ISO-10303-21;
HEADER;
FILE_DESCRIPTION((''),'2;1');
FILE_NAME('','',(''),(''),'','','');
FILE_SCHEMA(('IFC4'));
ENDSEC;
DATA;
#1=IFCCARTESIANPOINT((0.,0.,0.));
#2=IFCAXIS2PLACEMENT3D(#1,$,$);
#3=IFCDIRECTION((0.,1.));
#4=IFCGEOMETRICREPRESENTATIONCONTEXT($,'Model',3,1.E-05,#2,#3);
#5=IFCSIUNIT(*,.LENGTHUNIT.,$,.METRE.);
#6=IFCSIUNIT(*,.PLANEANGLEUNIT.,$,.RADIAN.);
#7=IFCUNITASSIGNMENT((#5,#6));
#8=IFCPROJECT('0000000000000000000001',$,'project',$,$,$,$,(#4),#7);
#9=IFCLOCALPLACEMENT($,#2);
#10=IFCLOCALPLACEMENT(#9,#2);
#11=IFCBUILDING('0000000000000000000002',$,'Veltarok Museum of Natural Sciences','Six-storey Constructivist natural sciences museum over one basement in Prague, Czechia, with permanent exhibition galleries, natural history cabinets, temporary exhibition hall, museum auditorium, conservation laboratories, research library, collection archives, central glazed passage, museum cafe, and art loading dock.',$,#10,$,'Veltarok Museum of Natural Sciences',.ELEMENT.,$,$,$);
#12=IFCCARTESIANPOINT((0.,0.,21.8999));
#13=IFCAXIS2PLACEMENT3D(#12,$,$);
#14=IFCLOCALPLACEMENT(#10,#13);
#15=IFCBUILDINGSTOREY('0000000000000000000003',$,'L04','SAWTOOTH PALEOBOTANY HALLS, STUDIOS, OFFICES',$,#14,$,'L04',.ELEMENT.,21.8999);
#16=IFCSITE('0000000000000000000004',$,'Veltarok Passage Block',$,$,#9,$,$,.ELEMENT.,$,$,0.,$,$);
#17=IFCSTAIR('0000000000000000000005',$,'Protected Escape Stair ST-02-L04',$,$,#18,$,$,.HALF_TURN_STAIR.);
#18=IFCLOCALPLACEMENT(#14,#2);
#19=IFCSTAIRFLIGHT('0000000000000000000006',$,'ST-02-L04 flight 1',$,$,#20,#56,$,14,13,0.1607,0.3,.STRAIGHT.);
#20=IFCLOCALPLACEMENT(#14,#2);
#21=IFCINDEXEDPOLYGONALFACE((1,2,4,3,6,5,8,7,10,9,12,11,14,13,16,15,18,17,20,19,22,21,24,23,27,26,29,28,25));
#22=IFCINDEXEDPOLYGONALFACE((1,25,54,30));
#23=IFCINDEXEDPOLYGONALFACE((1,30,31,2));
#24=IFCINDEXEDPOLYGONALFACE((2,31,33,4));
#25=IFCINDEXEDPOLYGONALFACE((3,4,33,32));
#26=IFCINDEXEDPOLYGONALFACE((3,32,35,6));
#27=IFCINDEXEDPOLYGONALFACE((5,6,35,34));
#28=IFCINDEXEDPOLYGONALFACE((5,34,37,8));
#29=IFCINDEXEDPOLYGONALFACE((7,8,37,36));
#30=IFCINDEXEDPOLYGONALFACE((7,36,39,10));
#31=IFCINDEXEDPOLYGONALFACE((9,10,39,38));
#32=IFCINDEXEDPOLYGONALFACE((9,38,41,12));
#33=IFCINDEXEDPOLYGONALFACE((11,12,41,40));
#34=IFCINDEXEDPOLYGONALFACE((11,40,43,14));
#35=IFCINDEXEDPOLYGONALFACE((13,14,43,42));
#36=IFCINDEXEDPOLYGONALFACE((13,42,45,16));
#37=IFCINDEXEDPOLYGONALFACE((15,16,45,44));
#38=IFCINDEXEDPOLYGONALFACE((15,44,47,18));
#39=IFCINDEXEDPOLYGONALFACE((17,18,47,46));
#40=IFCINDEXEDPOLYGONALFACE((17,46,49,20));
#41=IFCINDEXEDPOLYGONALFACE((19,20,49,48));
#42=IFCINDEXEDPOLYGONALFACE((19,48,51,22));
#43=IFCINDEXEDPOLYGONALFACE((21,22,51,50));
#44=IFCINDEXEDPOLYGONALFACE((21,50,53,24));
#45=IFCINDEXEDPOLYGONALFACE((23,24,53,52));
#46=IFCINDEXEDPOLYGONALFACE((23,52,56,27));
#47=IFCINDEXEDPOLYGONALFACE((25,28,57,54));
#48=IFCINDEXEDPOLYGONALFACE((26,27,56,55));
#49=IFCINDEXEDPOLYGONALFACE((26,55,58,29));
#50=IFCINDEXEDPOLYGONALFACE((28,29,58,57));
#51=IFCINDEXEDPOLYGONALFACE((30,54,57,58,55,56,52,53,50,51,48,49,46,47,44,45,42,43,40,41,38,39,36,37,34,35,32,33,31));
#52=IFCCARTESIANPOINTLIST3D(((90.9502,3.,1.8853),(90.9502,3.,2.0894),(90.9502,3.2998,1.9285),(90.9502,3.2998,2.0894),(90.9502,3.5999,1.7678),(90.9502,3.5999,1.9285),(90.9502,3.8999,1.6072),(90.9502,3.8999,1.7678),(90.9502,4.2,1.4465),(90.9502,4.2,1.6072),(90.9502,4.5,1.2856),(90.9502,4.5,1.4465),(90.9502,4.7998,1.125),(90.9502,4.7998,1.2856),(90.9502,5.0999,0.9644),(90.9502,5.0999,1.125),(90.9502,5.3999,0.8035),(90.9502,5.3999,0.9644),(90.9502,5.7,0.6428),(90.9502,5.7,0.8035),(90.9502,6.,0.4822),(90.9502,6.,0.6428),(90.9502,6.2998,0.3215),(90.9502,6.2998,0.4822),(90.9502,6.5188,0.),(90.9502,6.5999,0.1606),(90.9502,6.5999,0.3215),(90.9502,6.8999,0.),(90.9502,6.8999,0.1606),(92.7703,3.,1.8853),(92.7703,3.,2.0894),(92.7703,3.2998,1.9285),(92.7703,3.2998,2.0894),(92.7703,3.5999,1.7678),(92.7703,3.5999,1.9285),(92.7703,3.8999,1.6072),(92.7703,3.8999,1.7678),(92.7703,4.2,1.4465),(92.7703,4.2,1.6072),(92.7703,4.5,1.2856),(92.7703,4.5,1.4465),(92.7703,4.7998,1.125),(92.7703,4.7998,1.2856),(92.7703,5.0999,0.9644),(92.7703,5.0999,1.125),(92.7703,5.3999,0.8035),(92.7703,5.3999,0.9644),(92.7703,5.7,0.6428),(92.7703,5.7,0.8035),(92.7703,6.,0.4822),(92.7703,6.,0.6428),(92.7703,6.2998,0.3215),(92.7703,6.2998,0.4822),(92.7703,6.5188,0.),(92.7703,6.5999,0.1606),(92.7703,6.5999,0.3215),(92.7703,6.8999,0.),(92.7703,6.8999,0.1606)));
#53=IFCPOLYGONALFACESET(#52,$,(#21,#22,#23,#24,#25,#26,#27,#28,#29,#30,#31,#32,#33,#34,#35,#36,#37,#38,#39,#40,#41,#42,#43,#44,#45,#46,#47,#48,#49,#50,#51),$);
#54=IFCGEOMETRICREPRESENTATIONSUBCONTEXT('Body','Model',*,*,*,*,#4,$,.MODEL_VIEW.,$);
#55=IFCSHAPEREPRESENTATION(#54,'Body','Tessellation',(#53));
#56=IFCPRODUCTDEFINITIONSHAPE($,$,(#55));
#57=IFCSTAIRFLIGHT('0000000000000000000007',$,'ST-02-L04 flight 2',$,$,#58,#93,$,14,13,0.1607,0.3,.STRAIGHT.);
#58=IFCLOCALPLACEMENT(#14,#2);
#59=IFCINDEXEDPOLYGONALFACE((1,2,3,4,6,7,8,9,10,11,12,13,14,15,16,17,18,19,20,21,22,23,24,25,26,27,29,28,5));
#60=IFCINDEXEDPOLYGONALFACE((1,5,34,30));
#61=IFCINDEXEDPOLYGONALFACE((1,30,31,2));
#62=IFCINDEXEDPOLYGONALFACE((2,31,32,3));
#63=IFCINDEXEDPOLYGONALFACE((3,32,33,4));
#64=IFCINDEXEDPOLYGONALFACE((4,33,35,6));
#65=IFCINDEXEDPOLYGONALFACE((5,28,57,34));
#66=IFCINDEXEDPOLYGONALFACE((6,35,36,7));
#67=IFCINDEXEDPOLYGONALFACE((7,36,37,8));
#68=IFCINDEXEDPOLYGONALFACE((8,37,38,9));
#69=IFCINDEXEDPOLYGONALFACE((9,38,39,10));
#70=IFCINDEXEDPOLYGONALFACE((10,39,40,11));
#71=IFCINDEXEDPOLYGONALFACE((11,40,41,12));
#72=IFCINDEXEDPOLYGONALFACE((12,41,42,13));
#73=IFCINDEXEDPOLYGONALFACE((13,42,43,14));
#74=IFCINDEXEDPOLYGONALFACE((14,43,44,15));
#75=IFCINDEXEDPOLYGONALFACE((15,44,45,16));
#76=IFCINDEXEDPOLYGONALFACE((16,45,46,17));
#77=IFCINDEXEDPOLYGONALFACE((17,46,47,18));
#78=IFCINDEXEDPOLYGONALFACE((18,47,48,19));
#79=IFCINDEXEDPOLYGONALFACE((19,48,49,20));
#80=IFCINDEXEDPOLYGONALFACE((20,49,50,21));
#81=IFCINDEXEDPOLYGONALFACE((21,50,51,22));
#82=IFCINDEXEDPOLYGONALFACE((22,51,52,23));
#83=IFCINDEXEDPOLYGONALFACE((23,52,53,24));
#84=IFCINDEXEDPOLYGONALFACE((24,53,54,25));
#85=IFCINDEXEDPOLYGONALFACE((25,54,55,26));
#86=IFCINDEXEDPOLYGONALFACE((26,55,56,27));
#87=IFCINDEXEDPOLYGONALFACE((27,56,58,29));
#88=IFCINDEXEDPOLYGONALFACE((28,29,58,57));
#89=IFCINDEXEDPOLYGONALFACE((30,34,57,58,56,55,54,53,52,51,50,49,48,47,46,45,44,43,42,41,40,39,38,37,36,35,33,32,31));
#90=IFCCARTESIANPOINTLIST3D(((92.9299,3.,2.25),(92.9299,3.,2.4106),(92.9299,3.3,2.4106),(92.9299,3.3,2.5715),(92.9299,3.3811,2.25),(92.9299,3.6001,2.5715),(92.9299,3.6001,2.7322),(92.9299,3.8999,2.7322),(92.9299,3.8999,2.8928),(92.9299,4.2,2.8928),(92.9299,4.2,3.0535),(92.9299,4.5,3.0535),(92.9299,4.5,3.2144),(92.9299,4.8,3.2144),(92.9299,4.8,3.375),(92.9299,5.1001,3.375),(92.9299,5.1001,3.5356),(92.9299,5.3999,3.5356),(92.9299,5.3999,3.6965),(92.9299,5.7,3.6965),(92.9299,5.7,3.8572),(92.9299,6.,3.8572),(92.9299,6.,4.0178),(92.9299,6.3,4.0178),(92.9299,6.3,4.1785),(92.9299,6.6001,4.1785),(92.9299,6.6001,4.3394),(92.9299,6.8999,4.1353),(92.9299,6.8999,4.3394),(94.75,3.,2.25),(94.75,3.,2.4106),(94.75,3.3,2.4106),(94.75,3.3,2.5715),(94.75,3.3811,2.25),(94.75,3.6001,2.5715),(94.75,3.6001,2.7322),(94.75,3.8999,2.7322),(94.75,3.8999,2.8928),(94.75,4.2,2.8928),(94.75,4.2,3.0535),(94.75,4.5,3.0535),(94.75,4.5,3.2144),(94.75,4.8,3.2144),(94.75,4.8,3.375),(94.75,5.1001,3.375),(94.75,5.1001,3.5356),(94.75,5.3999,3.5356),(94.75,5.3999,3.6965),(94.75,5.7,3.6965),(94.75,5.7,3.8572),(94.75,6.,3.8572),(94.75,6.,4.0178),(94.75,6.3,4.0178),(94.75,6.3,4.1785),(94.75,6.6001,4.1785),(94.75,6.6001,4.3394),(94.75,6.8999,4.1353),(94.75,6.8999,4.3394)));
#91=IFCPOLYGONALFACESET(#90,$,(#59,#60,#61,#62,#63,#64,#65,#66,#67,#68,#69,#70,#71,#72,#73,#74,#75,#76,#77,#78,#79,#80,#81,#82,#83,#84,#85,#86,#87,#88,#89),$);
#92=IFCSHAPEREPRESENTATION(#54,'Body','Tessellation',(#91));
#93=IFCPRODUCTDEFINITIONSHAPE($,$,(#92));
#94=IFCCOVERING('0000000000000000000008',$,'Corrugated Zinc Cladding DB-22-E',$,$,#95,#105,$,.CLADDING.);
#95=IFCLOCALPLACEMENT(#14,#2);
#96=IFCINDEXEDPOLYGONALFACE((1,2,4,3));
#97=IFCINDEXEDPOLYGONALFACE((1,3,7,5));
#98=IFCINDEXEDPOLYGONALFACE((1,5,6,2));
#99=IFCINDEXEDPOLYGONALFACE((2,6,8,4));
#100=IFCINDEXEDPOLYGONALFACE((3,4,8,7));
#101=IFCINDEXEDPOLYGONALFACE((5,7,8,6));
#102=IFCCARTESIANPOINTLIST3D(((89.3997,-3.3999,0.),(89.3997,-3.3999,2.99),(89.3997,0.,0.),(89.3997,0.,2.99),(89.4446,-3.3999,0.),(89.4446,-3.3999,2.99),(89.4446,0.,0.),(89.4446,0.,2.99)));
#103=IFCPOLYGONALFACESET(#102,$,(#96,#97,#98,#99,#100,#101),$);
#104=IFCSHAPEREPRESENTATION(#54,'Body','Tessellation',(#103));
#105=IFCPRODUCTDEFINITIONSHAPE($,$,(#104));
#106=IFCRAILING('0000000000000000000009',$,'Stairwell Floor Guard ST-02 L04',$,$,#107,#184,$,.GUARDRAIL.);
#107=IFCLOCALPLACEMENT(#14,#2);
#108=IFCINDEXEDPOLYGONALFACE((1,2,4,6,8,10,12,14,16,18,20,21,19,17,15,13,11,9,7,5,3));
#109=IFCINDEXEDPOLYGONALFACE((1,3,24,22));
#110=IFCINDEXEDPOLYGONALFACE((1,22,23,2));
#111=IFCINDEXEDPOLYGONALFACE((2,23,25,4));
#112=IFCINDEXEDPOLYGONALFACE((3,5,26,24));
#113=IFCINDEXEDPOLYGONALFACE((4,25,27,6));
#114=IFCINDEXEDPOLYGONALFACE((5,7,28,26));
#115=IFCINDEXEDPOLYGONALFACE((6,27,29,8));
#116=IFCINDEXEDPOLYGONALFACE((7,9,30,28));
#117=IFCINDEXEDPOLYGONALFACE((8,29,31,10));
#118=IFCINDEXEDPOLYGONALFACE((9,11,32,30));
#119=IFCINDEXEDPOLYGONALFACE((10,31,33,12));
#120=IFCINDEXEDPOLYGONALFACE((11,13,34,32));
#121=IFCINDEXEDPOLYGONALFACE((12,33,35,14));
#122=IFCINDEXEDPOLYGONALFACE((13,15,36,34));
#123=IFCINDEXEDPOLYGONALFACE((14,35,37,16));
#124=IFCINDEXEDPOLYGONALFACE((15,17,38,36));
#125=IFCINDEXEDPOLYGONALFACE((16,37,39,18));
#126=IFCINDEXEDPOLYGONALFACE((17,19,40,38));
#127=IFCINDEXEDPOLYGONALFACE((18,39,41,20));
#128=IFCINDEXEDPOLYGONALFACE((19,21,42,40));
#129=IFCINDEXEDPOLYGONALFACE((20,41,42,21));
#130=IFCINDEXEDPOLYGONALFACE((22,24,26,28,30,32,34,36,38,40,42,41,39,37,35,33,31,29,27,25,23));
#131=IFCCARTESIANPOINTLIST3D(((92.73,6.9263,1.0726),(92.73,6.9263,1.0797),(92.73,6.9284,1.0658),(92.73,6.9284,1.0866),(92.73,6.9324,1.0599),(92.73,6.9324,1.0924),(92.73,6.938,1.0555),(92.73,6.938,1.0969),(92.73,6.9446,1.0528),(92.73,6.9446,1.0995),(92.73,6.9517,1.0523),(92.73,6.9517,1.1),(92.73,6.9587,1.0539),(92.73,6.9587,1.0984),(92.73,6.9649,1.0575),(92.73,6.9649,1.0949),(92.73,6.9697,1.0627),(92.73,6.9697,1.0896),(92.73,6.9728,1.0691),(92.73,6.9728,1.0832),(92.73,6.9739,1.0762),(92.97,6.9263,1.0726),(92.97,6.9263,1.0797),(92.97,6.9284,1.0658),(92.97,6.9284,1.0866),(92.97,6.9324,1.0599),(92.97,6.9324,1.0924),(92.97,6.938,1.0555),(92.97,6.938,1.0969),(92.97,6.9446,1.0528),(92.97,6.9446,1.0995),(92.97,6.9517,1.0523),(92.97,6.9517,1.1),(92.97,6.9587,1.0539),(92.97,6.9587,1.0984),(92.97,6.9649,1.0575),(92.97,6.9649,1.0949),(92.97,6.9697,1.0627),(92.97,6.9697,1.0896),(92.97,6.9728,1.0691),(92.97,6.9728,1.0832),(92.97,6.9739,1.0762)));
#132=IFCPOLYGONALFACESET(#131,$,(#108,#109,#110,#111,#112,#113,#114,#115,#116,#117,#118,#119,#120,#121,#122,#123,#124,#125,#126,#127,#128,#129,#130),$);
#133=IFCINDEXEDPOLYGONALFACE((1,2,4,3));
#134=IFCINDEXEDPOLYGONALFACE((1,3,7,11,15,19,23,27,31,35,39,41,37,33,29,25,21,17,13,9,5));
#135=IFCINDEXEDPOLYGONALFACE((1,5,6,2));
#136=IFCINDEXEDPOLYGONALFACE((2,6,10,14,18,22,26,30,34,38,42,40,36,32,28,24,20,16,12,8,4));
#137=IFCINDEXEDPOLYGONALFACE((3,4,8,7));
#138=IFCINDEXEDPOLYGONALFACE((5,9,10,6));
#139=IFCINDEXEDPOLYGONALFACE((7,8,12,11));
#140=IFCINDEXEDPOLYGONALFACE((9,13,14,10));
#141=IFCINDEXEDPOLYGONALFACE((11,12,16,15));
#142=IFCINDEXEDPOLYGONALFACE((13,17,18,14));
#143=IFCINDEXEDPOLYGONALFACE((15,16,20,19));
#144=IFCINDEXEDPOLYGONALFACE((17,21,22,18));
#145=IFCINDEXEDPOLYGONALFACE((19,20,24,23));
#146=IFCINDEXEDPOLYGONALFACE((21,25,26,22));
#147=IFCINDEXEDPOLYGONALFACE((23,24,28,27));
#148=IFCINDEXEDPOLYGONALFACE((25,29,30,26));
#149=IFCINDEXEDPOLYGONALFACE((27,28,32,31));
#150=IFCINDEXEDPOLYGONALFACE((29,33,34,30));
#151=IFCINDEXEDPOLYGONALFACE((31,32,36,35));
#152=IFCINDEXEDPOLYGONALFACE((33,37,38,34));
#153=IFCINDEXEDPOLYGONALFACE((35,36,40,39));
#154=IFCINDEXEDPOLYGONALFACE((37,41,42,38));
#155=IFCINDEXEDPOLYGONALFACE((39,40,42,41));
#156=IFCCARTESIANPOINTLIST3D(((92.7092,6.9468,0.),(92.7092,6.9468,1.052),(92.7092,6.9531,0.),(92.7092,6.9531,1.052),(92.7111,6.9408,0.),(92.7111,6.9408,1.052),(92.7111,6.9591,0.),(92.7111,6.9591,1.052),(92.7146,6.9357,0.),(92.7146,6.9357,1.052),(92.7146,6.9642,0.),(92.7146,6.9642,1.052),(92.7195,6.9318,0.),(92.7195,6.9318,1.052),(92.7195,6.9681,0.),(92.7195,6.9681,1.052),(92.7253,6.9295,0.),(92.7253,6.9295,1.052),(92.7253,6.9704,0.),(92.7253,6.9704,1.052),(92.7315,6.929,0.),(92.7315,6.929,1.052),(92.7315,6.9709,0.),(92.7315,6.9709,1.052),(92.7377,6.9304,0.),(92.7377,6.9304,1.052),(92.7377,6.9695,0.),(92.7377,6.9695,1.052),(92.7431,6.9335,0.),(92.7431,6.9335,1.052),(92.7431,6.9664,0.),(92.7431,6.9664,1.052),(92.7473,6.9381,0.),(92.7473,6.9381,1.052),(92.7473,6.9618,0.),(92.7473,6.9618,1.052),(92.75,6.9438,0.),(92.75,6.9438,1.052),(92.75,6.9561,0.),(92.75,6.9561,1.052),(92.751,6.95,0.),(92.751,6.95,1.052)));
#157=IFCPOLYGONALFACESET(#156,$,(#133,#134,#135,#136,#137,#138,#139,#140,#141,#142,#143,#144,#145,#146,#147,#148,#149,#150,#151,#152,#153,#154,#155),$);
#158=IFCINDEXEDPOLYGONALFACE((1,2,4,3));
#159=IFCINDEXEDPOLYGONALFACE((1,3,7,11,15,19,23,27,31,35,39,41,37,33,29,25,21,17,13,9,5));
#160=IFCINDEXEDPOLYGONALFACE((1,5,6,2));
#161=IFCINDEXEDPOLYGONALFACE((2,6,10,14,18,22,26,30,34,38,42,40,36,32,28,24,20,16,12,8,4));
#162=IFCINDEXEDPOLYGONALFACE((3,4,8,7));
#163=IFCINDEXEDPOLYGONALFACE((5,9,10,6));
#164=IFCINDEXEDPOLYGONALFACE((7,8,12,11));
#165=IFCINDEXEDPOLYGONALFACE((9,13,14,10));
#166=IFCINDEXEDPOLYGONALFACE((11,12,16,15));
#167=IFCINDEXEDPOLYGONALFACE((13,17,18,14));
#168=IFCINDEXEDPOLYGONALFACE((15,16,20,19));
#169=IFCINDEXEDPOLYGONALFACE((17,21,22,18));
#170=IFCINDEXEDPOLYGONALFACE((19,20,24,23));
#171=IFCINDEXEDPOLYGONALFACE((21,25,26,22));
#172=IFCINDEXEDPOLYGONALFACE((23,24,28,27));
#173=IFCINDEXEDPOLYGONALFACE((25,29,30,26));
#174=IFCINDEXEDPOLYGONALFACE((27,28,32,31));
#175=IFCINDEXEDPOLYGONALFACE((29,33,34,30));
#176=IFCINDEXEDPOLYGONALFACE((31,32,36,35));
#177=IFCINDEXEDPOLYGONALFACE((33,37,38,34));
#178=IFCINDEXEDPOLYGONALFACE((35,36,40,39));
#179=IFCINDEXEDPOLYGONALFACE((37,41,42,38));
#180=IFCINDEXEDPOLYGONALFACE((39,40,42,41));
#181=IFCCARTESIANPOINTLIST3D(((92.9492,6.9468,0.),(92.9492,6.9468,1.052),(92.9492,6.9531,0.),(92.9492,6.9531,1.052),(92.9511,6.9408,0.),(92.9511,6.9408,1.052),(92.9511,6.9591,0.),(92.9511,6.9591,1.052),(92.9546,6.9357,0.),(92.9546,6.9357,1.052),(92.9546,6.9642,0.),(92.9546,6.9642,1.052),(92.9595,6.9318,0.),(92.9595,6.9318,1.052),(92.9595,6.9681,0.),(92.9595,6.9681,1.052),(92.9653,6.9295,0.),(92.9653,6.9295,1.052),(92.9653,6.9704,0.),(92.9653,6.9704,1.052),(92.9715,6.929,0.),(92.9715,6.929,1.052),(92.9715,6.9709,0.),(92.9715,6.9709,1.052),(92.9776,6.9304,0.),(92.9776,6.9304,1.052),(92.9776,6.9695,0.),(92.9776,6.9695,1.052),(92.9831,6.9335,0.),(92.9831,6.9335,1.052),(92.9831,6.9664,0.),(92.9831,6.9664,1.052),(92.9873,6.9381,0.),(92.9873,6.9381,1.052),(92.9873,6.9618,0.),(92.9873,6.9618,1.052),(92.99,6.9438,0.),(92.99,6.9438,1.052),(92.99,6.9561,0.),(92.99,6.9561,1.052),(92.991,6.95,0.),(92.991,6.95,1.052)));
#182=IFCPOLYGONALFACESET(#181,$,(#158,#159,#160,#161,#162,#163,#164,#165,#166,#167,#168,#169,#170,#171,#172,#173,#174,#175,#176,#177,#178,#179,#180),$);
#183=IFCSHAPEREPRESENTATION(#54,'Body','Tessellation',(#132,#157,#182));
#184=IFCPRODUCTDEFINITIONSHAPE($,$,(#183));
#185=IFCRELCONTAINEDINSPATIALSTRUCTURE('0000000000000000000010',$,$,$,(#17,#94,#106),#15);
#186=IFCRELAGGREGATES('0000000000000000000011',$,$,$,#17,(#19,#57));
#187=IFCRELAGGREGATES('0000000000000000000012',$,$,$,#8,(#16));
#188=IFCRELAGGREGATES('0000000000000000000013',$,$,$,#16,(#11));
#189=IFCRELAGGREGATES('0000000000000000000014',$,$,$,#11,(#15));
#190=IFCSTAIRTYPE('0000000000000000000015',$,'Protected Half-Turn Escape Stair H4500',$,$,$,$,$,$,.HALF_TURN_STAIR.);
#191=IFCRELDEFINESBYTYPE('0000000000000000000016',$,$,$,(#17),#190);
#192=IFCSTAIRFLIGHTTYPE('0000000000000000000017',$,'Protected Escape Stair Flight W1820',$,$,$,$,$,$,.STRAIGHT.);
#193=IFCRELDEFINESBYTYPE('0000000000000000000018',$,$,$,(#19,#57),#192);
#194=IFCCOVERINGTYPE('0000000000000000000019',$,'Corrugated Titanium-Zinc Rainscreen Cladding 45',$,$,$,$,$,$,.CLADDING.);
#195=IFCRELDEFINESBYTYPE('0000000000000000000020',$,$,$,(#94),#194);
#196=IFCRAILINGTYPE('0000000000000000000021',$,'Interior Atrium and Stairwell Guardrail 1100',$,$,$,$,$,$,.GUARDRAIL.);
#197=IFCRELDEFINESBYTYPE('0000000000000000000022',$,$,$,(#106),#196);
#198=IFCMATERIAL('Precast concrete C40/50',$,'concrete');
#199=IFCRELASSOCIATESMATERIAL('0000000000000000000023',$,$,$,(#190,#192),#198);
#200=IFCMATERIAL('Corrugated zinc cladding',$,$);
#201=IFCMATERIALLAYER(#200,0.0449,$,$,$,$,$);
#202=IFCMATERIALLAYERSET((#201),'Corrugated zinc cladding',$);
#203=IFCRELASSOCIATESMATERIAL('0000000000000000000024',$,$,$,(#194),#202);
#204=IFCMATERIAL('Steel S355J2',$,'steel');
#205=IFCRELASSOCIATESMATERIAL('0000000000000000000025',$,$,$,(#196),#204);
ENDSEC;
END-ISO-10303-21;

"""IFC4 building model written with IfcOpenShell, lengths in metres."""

from ifc_helpers import new_model, si_unit, direction, frame, frame_2d, origin, origin_2d, place, context, subcontext, project, spatial, polyline, rectangle, circle, outline, extrude, material, layer, layer_set, type_object, element, aggregate, save


model = new_model("IFC4")

# Units and contexts
model_context = context("Model", 3, precision=1e-05, world=origin(), true_north=direction((0.0, 1.0)))
body_context = subcontext(model_context, "Body", "Model", "MODEL_VIEW")
ifc_project = project(units=[si_unit("LENGTHUNIT", "METRE"), si_unit("PLANEANGLEUNIT", "RADIAN")], contexts=[model_context])

# Site, building, storey
site_placement = place(None, origin())
site = spatial("IfcSite", under=ifc_project, at=site_placement, Name="Veltarok Passage Block", CompositionType="ELEMENT", RefElevation=0.0)
building_placement = place(site_placement, origin())
building = spatial("IfcBuilding", under=site, at=building_placement, Name="Veltarok Museum of Natural Sciences", Description="Six-storey Constructivist natural sciences museum over one basement in Prague, Czechia, with permanent exhibition galleries, natural history cabinets, temporary exhibition hall, museum auditorium, conservation laboratories, research library, collection archives, central glazed passage, museum cafe, and art loading dock.", LongName="Veltarok Museum of Natural Sciences", CompositionType="ELEMENT")
storey_placement = place(building_placement, frame((0.0, 0.0, 21.8999)))
storey = spatial("IfcBuildingStorey", under=building, at=storey_placement, Name="L04", Description="SAWTOOTH PALEOBOTANY HALLS, STUDIOS, OFFICES", LongName="L04", CompositionType="ELEMENT", Elevation=21.8999)

# Shared definitions
ifc_material_1 = material(Name="Steel S355J2", Category="steel")

# Shared definitions
ifc_material_2 = material(Name="Precast concrete C40/50", Category="concrete")

# Stair, stair flights
stair_type = type_object("IfcStairType", Name="Protected Half-Turn Escape Stair H4500", PredefinedType="HALF_TURN_STAIR", material=ifc_material_2)
stair_placement = place(storey_placement, origin())
stair = element("IfcStair", 1, at=stair_placement, inside=storey, type_object=stair_type, Name="Protected Escape Stair ST-02-L04", PredefinedType="HALF_TURN_STAIR")
stair_flight_type = type_object("IfcStairFlightType", Name="Protected Escape Stair Flight W1820", PredefinedType="STRAIGHT", material=ifc_material_2)
stair_flight_1_placement = place(storey_placement, frame((91.8601, 6.8999, 0.0), z_axis=(0.0, 0.0, 1.0), x_axis=(0.0, -1.0, 0.0)))
stair_flight_1 = element("IfcStairFlight", 2, at=stair_flight_1_placement, type_object=stair_flight_type, Name="ST-02-L04 flight 1", NumberOfRisers=14, NumberOfTreads=13, PredefinedType="STRAIGHT", RiserHeight=0.1607, TreadLength=0.3, context=body_context, shape_type="SweptSolid", body=[
    extrude(outline(polyline([(0.0, 0.0), (0.0, 0.1606), (0.3, 0.1606), (0.3, 0.3215), (0.6001, 0.3215), (0.6001, 0.4822), (0.8999, 0.4822), (0.8999, 0.6428), (1.2, 0.6428), (1.2, 0.8035), (1.5, 0.8035), (1.5, 0.9644), (1.8, 0.9644), (1.8, 1.125), (2.1001, 1.125), (2.1001, 1.2856), (2.3999, 1.2856), (2.3999, 1.4465), (2.7, 1.4465), (2.7, 1.6072), (3.0, 1.6072), (3.0, 1.7678), (3.3, 1.7678), (3.3, 1.9285), (3.6001, 1.9285), (3.6001, 2.0894), (3.8999, 2.0894), (3.8999, 2.25), (3.8999, 1.8853), (0.3811, 0.0), (0.0, 0.0)])), frame((0.0, 0.9102, 0.0), z_axis=(0.0, -1.0, 0.0), x_axis=(1.0, 0.0, 0.0)), (0.0, 0.0, 1.0), 1.8201),
])
stair_flight_2_placement = place(storey_placement, frame((93.8401, 3.0, 2.25), z_axis=(0.0, 0.0, 1.0), x_axis=(0.0, 1.0, 0.0)))
stair_flight_2 = element("IfcStairFlight", 3, at=stair_flight_2_placement, type_object=stair_flight_type, Name="ST-02-L04 flight 2", NumberOfRisers=14, NumberOfTreads=13, PredefinedType="STRAIGHT", RiserHeight=0.1607, TreadLength=0.3, context=body_context, shape_type="SweptSolid", body=[
    extrude(outline(polyline([(0.0, 0.0), (0.0, 0.1606), (0.3, 0.1606), (0.3, 0.3215), (0.6001, 0.3215), (0.6001, 0.4822), (0.8999, 0.4822), (0.8999, 0.6428), (1.2, 0.6428), (1.2, 0.8035), (1.5, 0.8035), (1.5, 0.9644), (1.8, 0.9644), (1.8, 1.125), (2.1001, 1.125), (2.1001, 1.2856), (2.3999, 1.2856), (2.3999, 1.4465), (2.7, 1.4465), (2.7, 1.6072), (3.0, 1.6072), (3.0, 1.7678), (3.3, 1.7678), (3.3, 1.9285), (3.6001, 1.9285), (3.6001, 2.0894), (3.8999, 2.0894), (3.8999, 2.25), (3.8999, 1.8853), (0.3811, 0.0), (0.0, 0.0)])), frame((0.0, 0.9102, 0.0), z_axis=(0.0, -1.0, 0.0), x_axis=(1.0, 0.0, 0.0)), (0.0, 0.0, 1.0), 1.8201),
])
aggregate(stair, [stair_flight_1, stair_flight_2])

# Covering
ifc_material_3 = material(Name="Corrugated zinc cladding")
ifc_layer_1 = layer(ifc_material_3, 0.0449)
ifc_layer_set_1 = layer_set([ifc_layer_1], Name="Corrugated zinc cladding")
covering_type = type_object("IfcCoveringType", Name="Corrugated Titanium-Zinc Rainscreen Cladding 45", PredefinedType="CLADDING", material=ifc_layer_set_1)
covering_placement = place(storey_placement, frame((89.4221, -3.3999, 0.0), z_axis=(0.0, 0.0, 1.0), x_axis=(0.0, 1.0, 0.0)))
element("IfcCovering", 4, at=covering_placement, inside=storey, type_object=covering_type, Name="Corrugated Zinc Cladding DB-22-E", PredefinedType="CLADDING", context=body_context, shape_type="SweptSolid", body=[
    extrude(rectangle(XDim=3.3999, YDim=0.0449, at=frame_2d((1.7, 0.0))), origin(), (0.0, 0.0, 1.0), 2.99),
])

# Railing
railing_type_1 = type_object("IfcRailingType", Name="Interior Atrium and Stairwell Guardrail 1100", PredefinedType="GUARDRAIL", material=ifc_material_1)
for number, where, name in (
    (5, (92.73, 6.95, 0.0), "Stairwell Floor Guard ST-02 L04"),
):
    element("IfcRailing", number, at=place(storey_placement, frame(where)), inside=storey, type_object=railing_type_1, Name=name, PredefinedType="GUARDRAIL", context=body_context, shape_type="SweptSolid", body=[
        extrude(circle(Radius=0.0239, at=origin_2d()), frame((0.0, 0.0, 1.0762), z_axis=(1.0, 0.0, 0.0), x_axis=(0.0, 1.0, 0.0)), (0.0, 0.0, 1.0), 0.24),
        extrude(circle(Radius=0.021, at=origin_2d()), origin(), (0.0, 0.0, 1.0), 1.052),
        extrude(circle(Radius=0.021, at=origin_2d()), frame((0.24, 0.0, 0.0)), (0.0, 0.0, 1.0), 1.052),
    ])

save(model, "model.ifc")
